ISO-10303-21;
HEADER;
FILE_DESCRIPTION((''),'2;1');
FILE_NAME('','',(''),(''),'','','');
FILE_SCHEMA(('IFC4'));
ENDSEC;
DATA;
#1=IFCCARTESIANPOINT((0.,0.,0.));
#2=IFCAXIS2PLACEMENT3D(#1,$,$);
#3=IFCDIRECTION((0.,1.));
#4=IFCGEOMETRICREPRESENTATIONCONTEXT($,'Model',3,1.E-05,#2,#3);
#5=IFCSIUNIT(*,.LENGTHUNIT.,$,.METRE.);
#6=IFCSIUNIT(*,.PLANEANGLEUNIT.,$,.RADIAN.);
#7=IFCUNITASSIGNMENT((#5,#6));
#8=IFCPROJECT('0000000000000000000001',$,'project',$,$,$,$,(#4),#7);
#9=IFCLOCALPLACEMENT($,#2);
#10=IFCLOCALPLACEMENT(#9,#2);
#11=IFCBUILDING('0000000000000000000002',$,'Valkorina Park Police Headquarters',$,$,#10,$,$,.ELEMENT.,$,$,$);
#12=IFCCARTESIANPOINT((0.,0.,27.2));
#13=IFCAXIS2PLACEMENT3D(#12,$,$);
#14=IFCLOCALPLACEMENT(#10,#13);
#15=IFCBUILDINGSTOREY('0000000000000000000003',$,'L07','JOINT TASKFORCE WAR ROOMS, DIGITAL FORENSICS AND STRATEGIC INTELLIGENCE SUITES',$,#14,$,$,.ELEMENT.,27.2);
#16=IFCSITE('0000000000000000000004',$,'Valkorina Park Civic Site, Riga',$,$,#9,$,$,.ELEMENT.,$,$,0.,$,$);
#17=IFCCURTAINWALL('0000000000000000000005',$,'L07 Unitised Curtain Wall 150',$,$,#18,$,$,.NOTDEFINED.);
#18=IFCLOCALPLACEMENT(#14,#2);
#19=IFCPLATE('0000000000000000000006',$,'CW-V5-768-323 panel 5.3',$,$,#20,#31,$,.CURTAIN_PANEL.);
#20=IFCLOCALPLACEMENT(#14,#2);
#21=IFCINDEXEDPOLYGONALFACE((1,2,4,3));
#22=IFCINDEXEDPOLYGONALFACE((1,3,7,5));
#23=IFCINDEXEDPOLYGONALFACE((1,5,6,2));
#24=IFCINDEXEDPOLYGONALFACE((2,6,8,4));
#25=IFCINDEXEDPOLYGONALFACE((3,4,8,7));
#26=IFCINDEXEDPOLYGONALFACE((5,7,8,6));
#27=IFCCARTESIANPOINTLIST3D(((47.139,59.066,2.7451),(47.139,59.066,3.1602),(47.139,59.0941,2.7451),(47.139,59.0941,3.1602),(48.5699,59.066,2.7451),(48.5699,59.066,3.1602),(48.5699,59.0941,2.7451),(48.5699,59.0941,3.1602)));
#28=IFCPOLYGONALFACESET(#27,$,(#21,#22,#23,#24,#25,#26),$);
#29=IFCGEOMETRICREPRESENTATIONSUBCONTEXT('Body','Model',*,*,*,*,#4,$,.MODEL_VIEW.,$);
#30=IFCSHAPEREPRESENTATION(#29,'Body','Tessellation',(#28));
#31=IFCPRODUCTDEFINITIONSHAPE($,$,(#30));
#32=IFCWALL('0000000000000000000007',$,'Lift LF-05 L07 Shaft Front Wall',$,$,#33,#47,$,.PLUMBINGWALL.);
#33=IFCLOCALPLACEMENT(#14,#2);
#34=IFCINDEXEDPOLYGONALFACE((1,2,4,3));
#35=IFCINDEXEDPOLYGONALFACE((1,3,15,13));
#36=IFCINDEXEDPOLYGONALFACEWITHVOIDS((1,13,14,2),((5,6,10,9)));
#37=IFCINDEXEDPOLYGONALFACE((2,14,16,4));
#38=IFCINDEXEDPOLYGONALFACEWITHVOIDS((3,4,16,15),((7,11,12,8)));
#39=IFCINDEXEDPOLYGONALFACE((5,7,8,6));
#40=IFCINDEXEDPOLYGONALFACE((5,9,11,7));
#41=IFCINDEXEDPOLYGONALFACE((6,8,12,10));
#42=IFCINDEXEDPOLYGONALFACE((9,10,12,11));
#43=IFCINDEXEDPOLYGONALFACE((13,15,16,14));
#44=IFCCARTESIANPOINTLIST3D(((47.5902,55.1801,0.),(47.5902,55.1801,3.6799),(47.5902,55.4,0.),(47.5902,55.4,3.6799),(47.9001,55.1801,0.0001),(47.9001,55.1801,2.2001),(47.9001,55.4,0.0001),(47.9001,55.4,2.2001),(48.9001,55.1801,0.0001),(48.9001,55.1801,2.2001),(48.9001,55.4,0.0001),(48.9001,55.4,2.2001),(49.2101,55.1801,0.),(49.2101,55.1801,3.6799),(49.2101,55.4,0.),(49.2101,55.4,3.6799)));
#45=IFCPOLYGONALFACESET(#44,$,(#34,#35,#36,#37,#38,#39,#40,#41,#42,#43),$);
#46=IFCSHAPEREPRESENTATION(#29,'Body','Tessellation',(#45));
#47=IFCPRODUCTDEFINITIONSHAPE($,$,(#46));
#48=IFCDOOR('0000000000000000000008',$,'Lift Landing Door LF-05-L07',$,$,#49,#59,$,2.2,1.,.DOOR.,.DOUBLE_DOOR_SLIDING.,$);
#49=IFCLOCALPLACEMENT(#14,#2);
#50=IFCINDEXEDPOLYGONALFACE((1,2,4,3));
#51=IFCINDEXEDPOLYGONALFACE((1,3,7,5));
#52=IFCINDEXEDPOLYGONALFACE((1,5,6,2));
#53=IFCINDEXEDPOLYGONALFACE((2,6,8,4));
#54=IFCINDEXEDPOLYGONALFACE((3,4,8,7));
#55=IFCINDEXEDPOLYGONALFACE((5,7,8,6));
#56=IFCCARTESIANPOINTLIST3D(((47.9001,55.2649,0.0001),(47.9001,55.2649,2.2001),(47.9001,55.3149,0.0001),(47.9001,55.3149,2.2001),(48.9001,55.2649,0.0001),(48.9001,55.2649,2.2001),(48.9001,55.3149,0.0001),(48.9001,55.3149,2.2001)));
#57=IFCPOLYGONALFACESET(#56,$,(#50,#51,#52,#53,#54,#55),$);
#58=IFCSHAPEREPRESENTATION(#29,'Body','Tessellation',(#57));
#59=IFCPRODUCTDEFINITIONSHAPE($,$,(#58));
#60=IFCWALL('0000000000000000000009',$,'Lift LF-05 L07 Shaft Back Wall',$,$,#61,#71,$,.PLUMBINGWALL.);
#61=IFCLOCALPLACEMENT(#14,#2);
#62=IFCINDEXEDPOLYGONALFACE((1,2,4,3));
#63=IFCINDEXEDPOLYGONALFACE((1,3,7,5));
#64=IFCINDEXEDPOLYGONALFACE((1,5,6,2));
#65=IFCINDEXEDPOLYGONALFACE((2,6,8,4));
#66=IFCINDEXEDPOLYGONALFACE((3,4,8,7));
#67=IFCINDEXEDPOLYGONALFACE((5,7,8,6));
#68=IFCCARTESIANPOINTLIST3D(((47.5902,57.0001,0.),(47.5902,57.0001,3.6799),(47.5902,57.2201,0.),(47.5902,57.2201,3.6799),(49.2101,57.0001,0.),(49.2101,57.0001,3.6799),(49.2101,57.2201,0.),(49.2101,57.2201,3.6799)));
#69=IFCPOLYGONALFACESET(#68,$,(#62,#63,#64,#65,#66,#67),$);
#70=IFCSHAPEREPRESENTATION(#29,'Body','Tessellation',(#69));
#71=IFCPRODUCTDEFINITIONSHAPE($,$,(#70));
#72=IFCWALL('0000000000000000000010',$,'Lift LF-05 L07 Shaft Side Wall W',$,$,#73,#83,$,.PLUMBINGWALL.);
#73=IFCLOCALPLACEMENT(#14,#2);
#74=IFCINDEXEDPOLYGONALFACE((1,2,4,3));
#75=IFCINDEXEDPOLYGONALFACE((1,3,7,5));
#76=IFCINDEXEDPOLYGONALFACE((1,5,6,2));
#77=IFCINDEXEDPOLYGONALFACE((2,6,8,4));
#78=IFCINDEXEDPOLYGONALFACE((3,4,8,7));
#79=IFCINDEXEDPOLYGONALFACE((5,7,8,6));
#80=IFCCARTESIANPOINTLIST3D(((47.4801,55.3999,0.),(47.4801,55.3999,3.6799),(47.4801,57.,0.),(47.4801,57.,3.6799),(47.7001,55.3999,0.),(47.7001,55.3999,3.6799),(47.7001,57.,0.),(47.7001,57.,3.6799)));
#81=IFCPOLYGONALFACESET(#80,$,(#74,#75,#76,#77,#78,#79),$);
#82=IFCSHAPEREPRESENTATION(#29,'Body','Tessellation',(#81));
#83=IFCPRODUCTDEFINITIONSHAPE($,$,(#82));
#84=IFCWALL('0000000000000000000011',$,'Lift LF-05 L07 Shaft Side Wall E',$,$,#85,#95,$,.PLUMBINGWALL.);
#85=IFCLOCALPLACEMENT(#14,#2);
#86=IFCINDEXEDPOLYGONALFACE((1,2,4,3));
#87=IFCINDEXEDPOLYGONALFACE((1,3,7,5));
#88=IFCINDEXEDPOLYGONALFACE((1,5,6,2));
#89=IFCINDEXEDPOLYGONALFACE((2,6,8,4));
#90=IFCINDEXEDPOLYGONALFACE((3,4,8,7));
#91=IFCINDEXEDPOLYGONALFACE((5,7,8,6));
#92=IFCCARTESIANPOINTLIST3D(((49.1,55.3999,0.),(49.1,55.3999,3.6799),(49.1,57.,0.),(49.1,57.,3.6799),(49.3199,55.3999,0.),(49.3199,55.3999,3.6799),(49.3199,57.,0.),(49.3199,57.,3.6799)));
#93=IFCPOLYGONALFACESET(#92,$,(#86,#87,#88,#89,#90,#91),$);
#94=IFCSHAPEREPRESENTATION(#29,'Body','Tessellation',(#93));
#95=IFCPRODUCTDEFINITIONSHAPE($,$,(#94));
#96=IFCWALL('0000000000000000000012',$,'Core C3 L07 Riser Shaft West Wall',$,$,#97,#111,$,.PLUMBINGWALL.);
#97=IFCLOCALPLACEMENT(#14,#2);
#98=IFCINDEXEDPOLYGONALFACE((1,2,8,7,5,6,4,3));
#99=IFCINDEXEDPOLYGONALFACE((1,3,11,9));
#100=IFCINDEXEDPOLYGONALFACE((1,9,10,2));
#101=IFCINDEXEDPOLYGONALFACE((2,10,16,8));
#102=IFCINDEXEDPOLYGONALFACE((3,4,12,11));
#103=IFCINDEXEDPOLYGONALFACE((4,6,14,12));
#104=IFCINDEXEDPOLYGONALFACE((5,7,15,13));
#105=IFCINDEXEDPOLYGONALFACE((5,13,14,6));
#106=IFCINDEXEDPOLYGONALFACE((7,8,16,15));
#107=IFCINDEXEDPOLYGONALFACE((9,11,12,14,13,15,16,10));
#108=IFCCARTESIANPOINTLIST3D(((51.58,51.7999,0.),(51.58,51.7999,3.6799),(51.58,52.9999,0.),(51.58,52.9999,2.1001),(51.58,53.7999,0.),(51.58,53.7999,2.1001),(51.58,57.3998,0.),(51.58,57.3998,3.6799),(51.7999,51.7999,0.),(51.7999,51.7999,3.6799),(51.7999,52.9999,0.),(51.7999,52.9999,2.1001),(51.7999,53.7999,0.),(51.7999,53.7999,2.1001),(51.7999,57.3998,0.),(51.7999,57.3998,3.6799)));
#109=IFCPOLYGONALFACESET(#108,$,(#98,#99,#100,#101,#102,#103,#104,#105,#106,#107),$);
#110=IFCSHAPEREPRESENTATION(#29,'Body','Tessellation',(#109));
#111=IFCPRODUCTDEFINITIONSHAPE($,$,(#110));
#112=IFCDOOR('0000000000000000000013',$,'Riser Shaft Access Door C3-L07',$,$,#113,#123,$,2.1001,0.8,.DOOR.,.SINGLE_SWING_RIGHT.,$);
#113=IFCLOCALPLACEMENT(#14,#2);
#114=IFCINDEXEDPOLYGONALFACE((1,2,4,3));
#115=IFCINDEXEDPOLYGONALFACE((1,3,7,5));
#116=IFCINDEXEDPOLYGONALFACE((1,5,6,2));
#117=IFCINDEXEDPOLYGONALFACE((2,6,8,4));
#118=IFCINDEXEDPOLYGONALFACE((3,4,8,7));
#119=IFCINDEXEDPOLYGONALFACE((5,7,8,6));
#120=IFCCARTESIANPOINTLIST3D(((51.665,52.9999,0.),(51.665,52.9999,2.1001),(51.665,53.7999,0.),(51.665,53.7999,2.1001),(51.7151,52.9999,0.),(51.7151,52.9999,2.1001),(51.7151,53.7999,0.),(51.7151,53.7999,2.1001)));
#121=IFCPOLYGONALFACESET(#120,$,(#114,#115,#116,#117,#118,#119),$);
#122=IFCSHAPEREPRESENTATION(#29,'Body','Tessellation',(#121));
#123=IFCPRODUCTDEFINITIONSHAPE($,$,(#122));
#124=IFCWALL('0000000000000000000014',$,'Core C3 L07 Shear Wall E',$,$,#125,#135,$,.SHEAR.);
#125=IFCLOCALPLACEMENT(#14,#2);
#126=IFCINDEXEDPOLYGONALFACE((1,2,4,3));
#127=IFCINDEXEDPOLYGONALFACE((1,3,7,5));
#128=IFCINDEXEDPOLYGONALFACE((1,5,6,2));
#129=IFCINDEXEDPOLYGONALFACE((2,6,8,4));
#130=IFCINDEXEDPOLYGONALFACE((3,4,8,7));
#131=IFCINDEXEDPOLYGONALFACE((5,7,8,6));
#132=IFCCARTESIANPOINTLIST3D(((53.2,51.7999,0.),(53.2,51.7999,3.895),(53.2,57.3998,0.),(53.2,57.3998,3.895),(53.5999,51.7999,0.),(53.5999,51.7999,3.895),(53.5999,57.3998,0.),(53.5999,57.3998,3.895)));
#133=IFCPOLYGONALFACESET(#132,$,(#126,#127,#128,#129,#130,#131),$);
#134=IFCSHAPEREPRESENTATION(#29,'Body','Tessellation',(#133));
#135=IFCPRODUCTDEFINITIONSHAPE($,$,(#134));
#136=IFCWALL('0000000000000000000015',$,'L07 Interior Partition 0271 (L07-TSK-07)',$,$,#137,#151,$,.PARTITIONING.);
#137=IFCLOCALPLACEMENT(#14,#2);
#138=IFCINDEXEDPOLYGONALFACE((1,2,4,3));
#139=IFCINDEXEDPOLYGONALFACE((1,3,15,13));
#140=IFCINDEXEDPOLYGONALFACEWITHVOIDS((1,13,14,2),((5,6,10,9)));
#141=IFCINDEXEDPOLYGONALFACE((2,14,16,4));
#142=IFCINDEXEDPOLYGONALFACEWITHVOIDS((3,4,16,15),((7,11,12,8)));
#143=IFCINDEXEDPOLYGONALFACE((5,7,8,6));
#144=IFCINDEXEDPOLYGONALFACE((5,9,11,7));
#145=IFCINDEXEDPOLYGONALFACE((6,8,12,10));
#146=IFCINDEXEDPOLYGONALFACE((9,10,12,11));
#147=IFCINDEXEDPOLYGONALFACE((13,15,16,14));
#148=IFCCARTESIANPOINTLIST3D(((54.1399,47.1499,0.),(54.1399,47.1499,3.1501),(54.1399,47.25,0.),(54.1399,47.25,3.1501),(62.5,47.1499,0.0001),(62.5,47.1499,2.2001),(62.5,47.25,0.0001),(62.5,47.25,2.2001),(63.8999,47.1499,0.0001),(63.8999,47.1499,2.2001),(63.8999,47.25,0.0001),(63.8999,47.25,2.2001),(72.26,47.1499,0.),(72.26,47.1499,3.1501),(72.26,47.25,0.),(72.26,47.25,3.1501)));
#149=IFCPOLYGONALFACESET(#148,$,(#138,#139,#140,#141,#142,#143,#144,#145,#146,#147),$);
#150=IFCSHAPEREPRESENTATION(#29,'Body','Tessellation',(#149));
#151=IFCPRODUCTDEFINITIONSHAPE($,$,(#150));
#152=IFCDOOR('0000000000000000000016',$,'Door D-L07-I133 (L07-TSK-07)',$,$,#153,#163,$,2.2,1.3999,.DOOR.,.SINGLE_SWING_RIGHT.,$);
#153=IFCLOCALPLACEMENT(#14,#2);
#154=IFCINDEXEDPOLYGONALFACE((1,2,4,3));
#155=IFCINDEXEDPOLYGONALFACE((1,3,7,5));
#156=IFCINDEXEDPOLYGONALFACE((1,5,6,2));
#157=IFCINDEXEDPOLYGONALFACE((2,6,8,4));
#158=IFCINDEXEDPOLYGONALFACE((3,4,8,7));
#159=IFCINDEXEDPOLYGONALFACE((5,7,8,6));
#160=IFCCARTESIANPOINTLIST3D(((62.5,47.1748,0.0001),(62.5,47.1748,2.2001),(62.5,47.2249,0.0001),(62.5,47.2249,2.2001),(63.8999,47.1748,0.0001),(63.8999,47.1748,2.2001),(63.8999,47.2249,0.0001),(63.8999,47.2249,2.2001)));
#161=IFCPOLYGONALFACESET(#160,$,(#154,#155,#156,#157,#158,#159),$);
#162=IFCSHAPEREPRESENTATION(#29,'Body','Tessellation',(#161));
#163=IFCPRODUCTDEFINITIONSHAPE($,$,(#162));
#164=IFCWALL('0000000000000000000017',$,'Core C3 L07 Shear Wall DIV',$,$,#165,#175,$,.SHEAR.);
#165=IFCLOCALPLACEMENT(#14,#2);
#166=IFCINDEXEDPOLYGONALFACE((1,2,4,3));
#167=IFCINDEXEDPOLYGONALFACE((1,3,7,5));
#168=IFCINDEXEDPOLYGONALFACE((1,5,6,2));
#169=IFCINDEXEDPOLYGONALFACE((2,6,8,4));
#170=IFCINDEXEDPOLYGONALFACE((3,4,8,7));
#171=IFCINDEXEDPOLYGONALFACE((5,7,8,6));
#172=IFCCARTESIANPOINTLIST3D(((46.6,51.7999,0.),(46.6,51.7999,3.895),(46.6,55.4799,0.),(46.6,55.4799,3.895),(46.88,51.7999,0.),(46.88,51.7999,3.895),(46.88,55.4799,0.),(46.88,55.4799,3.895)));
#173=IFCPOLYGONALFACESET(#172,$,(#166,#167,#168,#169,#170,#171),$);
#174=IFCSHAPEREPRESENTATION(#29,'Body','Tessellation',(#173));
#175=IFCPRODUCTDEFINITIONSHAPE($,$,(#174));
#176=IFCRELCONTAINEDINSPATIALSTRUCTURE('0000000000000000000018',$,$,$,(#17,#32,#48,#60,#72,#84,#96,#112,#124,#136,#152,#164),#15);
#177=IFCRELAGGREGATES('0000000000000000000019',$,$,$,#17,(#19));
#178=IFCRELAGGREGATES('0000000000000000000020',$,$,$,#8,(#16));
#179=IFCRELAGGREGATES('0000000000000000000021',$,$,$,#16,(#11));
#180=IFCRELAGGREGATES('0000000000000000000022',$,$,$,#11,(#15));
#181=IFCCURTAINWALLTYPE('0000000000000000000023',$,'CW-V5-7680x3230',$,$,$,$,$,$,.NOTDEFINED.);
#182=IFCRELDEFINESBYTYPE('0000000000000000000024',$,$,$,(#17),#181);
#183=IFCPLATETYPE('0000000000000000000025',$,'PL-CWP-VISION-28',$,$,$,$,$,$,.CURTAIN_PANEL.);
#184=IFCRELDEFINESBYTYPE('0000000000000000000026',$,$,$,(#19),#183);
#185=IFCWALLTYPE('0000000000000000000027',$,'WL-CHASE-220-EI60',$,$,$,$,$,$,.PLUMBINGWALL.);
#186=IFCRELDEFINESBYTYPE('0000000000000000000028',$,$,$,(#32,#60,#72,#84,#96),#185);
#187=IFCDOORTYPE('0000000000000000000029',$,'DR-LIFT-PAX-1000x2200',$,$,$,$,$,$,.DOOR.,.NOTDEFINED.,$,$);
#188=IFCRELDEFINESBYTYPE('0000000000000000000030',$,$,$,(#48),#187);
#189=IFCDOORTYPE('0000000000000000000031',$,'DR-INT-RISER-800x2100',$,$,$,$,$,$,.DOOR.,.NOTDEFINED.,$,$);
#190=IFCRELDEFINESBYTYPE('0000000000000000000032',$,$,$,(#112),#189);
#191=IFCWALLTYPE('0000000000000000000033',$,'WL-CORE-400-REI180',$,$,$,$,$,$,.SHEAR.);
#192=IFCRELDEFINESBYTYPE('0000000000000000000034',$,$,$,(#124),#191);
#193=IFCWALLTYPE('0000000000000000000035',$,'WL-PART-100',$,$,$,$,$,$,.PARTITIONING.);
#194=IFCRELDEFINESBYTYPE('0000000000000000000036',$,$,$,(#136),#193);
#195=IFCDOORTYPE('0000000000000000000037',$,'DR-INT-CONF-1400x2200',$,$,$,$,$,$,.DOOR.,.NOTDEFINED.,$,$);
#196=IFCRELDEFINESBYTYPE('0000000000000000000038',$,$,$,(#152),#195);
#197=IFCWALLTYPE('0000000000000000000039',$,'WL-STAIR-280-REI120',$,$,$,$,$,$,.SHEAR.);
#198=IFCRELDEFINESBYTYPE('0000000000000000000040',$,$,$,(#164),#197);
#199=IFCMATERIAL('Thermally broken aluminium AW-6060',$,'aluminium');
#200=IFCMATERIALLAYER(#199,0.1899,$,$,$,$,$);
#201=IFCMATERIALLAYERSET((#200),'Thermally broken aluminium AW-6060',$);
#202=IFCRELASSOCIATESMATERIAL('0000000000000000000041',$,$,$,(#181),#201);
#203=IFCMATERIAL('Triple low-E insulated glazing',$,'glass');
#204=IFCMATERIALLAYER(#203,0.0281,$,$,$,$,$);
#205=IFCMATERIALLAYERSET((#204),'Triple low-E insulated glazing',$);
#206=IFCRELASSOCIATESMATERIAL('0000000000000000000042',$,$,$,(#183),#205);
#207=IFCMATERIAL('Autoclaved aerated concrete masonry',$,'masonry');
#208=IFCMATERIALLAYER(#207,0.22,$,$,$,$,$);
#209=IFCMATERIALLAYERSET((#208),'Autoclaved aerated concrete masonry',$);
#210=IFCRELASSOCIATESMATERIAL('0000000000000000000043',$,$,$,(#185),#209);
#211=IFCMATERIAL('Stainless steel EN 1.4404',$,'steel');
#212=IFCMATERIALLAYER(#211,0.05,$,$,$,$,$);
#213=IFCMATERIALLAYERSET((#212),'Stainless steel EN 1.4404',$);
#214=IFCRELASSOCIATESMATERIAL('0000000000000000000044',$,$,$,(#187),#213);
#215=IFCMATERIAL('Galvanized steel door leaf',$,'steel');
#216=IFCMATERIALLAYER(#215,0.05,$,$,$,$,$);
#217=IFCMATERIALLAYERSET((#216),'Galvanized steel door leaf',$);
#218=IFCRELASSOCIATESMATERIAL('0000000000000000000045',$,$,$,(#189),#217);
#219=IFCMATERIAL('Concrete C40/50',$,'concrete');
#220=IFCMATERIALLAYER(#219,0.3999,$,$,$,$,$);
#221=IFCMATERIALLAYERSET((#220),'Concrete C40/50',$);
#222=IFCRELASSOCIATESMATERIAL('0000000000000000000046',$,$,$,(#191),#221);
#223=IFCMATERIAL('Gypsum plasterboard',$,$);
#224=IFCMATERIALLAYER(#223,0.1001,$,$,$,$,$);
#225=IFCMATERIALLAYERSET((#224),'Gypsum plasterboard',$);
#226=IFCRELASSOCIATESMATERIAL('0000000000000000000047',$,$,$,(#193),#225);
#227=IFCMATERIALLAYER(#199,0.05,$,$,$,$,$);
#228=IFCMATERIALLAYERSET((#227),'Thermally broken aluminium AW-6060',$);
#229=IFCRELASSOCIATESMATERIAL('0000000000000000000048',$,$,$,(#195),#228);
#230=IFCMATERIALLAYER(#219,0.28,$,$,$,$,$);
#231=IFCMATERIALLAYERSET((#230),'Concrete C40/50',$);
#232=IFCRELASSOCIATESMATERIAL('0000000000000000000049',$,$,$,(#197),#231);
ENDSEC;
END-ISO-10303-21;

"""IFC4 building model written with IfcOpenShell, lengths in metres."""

from ifc_helpers import new_model, si_unit, direction, frame, frame_2d, origin, origin_2d, place, context, subcontext, project, spatial, rectangle, extrude, material, layer, layer_set, type_object, element, fill, aggregate, save


model = new_model("IFC4")

# Units and contexts
model_context = context("Model", 3, precision=1e-05, world=origin(), true_north=direction((0.0, 1.0)))
body_context = subcontext(model_context, "Body", "Model", "MODEL_VIEW")
ifc_project = project(units=[si_unit("LENGTHUNIT", "METRE"), si_unit("PLANEANGLEUNIT", "RADIAN")], contexts=[model_context])

# Site, building, storey
site_placement = place(None, origin())
site = spatial("IfcSite", under=ifc_project, at=site_placement, Name="Valkorina Park Civic Site, Riga", CompositionType="ELEMENT", RefElevation=0.0)
building_placement = place(site_placement, origin())
building = spatial("IfcBuilding", under=site, at=building_placement, Name="Valkorina Park Police Headquarters", CompositionType="ELEMENT")
storey_placement = place(building_placement, frame((0.0, 0.0, 27.2)))
storey = spatial("IfcBuildingStorey", under=building, at=storey_placement, Name="L07", Description="JOINT TASKFORCE WAR ROOMS, DIGITAL FORENSICS AND STRATEGIC INTELLIGENCE SUITES", CompositionType="ELEMENT", Elevation=27.2)

# Curtain wall
ifc_material_1 = material(Name="Thermally broken aluminium AW-6060", Category="aluminium")
ifc_layer_1 = layer(ifc_material_1, 0.1899)
ifc_layer_set_1 = layer_set([ifc_layer_1], Name="Thermally broken aluminium AW-6060")
curtain_wall_type_1 = type_object("IfcCurtainWallType", Name="CW-V5-7680x3230", PredefinedType="NOTDEFINED", material=ifc_layer_set_1)
curtain_wall_1_placement = place(storey_placement, origin())
curtain_wall_1 = element("IfcCurtainWall", 1, at=curtain_wall_1_placement, inside=storey, type_object=curtain_wall_type_1, Name="L07 Unitised Curtain Wall 150", PredefinedType="NOTDEFINED")

# Plate
ifc_material_2 = material(Name="Triple low-E insulated glazing", Category="glass")
ifc_layer_2 = layer(ifc_material_2, 0.0281)
ifc_layer_set_2 = layer_set([ifc_layer_2], Name="Triple low-E insulated glazing")
plate_type_1 = type_object("IfcPlateType", Name="PL-CWP-VISION-28", PredefinedType="CURTAIN_PANEL", material=ifc_layer_set_2)
plate_1_placement = place(storey_placement, frame((47.8545, 59.0801, 2.7451), z_axis=(0.0, 0.0, 1.0), x_axis=(1.0, 0.0, 0.0)))
plate_1 = element("IfcPlate", 2, at=plate_1_placement, type_object=plate_type_1, Name="CW-V5-768-323 panel 5.3", PredefinedType="CURTAIN_PANEL", context=body_context, shape_type="SweptSolid", body=[
    extrude(rectangle(XDim=1.4309, YDim=0.0281, at=origin_2d()), origin(), (0.0, 0.0, 1.0), 0.415),
])
aggregate(curtain_wall_1, [plate_1])

# Wall, opening, door
ifc_material_3 = material(Name="Autoclaved aerated concrete masonry", Category="masonry")
ifc_layer_3 = layer(ifc_material_3, 0.22)
ifc_layer_set_3 = layer_set([ifc_layer_3], Name="Autoclaved aerated concrete masonry")
wall_type_1 = type_object("IfcWallType", Name="WL-CHASE-220-EI60", PredefinedType="PLUMBINGWALL", material=ifc_layer_set_3)
wall_1_placement = place(storey_placement, frame((47.5901, 55.29, 0.0), z_axis=(0.0, 0.0, 1.0), x_axis=(1.0, 0.0, 0.0)))
wall_1 = element("IfcWall", 3, at=wall_1_placement, inside=storey, type_object=wall_type_1, Name="Lift LF-05 L07 Shaft Front Wall", PredefinedType="PLUMBINGWALL", context=body_context, shape_type="SweptSolid", body=[
    extrude(rectangle(XDim=1.6199, YDim=0.22, at=frame_2d((0.8101, 0.0))), origin(), (0.0, 0.0, 1.0), 3.6799),
])
opening_1_placement = place(wall_1_placement, frame((0.3101, 0.0, 0.0)))
opening_1 = element("IfcOpeningElement", 4, at=opening_1_placement, cuts=wall_1, PredefinedType="OPENING", context=body_context, shape_type="SweptSolid", body=[
    extrude(rectangle(XDim=1.0, YDim=2.2, at=frame_2d((0.5, 1.1001))), frame((0.0, 0.1201, 0.0), z_axis=(0.0, -1.0, 0.0), x_axis=(1.0, 0.0, 0.0)), (0.0, 0.0, 1.0), 0.24),
])
ifc_material_4 = material(Name="Stainless steel EN 1.4404", Category="steel")
ifc_layer_4 = layer(ifc_material_4, 0.05)
ifc_layer_set_4 = layer_set([ifc_layer_4], Name="Stainless steel EN 1.4404")
door_type_1 = type_object("IfcDoorType", Name="DR-LIFT-PAX-1000x2200", OperationType="NOTDEFINED", PredefinedType="DOOR", material=ifc_layer_set_4)
door_1_placement = place(opening_1_placement, origin())
door_1 = element("IfcDoor", 5, at=door_1_placement, inside=storey, type_object=door_type_1, Name="Lift Landing Door LF-05-L07", OperationType="DOUBLE_DOOR_SLIDING", OverallHeight=2.2, OverallWidth=1.0, PredefinedType="DOOR", context=body_context, shape_type="SweptSolid", body=[
    extrude(rectangle(XDim=1.0, YDim=2.2, at=frame_2d((0.5, 1.1001))), frame((0.0, 0.0249, 0.0), z_axis=(0.0, -1.0, 0.0), x_axis=(1.0, 0.0, 0.0)), (0.0, 0.0, 1.0), 0.05),
])
fill(opening_1, door_1)

# Walls
wall_2_placement = place(storey_placement, frame((47.5901, 57.1101, 0.0), z_axis=(0.0, 0.0, 1.0), x_axis=(1.0, 0.0, 0.0)))
element("IfcWall", 6, at=wall_2_placement, inside=storey, type_object=wall_type_1, Name="Lift LF-05 L07 Shaft Back Wall", PredefinedType="PLUMBINGWALL", context=body_context, shape_type="SweptSolid", body=[
    extrude(rectangle(XDim=1.6199, YDim=0.22, at=frame_2d((0.8101, 0.0))), origin(), (0.0, 0.0, 1.0), 3.6799),
])
for number, where, z_axis, x_axis, name in (
    (7, (47.5901, 55.3999, 0.0), (0.0, 0.0, 1.0), (0.0, 1.0, 0.0), "Lift LF-05 L07 Shaft Side Wall W"),
    (8, (49.21, 55.3999, 0.0), (0.0, 0.0, 1.0), (0.0, 1.0, 0.0), "Lift LF-05 L07 Shaft Side Wall E"),
):
    element("IfcWall", number, at=place(storey_placement, frame(where, z_axis=z_axis, x_axis=x_axis)), inside=storey, type_object=wall_type_1, Name=name, PredefinedType="PLUMBINGWALL", context=body_context, shape_type="SweptSolid", body=[
        extrude(rectangle(XDim=1.6001, YDim=0.22, at=frame_2d((0.8, 0.0))), origin(), (0.0, 0.0, 1.0), 3.6799),
    ])

# Wall, opening, door
wall_3_placement = place(storey_placement, frame((51.6899, 51.8, 0.0), z_axis=(0.0, 0.0, 1.0), x_axis=(0.0, 1.0, 0.0)))
wall_3 = element("IfcWall", 9, at=wall_3_placement, inside=storey, type_object=wall_type_1, Name="Core C3 L07 Riser Shaft West Wall", PredefinedType="PLUMBINGWALL", context=body_context, shape_type="SweptSolid", body=[
    extrude(rectangle(XDim=5.5999, YDim=0.22, at=frame_2d((2.7998, 0.0))), origin(), (0.0, 0.0, 1.0), 3.6799),
])
opening_2_placement = place(wall_3_placement, frame((1.2, 0.0, 0.0)))
opening_2 = element("IfcOpeningElement", 10, at=opening_2_placement, cuts=wall_3, PredefinedType="OPENING", context=body_context, shape_type="SweptSolid", body=[
    extrude(rectangle(XDim=0.8, YDim=2.1001, at=frame_2d((0.3999, 1.05))), frame((0.0, 0.1201, 0.0), z_axis=(0.0, -1.0, 0.0), x_axis=(1.0, 0.0, 0.0)), (0.0, 0.0, 1.0), 0.24),
])
ifc_material_5 = material(Name="Galvanized steel door leaf", Category="steel")
ifc_layer_5 = layer(ifc_material_5, 0.05)
ifc_layer_set_5 = layer_set([ifc_layer_5], Name="Galvanized steel door leaf")
door_type_2 = type_object("IfcDoorType", Name="DR-INT-RISER-800x2100", OperationType="NOTDEFINED", PredefinedType="DOOR", material=ifc_layer_set_5)
door_2_placement = place(opening_2_placement, origin())
door_2 = element("IfcDoor", 11, at=door_2_placement, inside=storey, type_object=door_type_2, Name="Riser Shaft Access Door C3-L07", OperationType="SINGLE_SWING_RIGHT", OverallHeight=2.1001, OverallWidth=0.8, PredefinedType="DOOR", context=body_context, shape_type="SweptSolid", body=[
    extrude(rectangle(XDim=0.8, YDim=2.1001, at=frame_2d((0.3999, 1.05))), frame((0.0, 0.0249, 0.0), z_axis=(0.0, -1.0, 0.0), x_axis=(1.0, 0.0, 0.0)), (0.0, 0.0, 1.0), 0.05),
])
fill(opening_2, door_2)

# Wall
ifc_material_6 = material(Name="Concrete C40/50", Category="concrete")
ifc_layer_6 = layer(ifc_material_6, 0.3999)
ifc_layer_set_6 = layer_set([ifc_layer_6], Name="Concrete C40/50")
wall_type_2 = type_object("IfcWallType", Name="WL-CORE-400-REI180", PredefinedType="SHEAR", material=ifc_layer_set_6)
wall_4_placement = place(storey_placement, frame((53.3999, 51.8, 0.0), z_axis=(0.0, 0.0, 1.0), x_axis=(0.0, 1.0, 0.0)))
element("IfcWall", 12, at=wall_4_placement, inside=storey, type_object=wall_type_2, Name="Core C3 L07 Shear Wall E", PredefinedType="SHEAR", context=body_context, shape_type="SweptSolid", body=[
    extrude(rectangle(XDim=5.5999, YDim=0.3999, at=frame_2d((2.7998, 0.0))), origin(), (0.0, 0.0, 1.0), 3.895),
])

# Wall, opening, door
ifc_material_7 = material(Name="Gypsum plasterboard")
ifc_layer_7 = layer(ifc_material_7, 0.1001)
ifc_layer_set_7 = layer_set([ifc_layer_7], Name="Gypsum plasterboard")
wall_type_3 = type_object("IfcWallType", Name="WL-PART-100", PredefinedType="PARTITIONING", material=ifc_layer_set_7)
wall_5_placement = place(storey_placement, frame((54.1399, 47.2, 0.0), z_axis=(0.0, 0.0, 1.0), x_axis=(1.0, 0.0, 0.0)))
wall_5 = element("IfcWall", 13, at=wall_5_placement, inside=storey, type_object=wall_type_3, Name="L07 Interior Partition 0271 (L07-TSK-07)", PredefinedType="PARTITIONING", context=body_context, shape_type="SweptSolid", body=[
    extrude(rectangle(XDim=18.1201, YDim=0.1001, at=frame_2d((9.0601, 0.0))), origin(), (0.0, 0.0, 1.0), 3.1501),
])
opening_3_placement = place(wall_5_placement, frame((8.3601, 0.0, 0.0)))
opening_3 = element("IfcOpeningElement", 14, at=opening_3_placement, cuts=wall_5, PredefinedType="OPENING", context=body_context, shape_type="SweptSolid", body=[
    extrude(rectangle(XDim=1.3999, YDim=2.2, at=frame_2d((0.7, 1.1001))), frame((0.0, 0.0601, 0.0), z_axis=(0.0, -1.0, 0.0), x_axis=(1.0, 0.0, 0.0)), (0.0, 0.0, 1.0), 0.1201),
])
ifc_layer_8 = layer(ifc_material_1, 0.05)
ifc_layer_set_8 = layer_set([ifc_layer_8], Name="Thermally broken aluminium AW-6060")
door_type_3 = type_object("IfcDoorType", Name="DR-INT-CONF-1400x2200", OperationType="NOTDEFINED", PredefinedType="DOOR", material=ifc_layer_set_8)
door_3_placement = place(opening_3_placement, origin())
door_3 = element("IfcDoor", 15, at=door_3_placement, inside=storey, type_object=door_type_3, Name="Door D-L07-I133 (L07-TSK-07)", OperationType="SINGLE_SWING_RIGHT", OverallHeight=2.2, OverallWidth=1.3999, PredefinedType="DOOR", context=body_context, shape_type="SweptSolid", body=[
    extrude(rectangle(XDim=1.3999, YDim=2.2, at=frame_2d((0.7, 1.1001))), frame((0.0, 0.0249, 0.0), z_axis=(0.0, -1.0, 0.0), x_axis=(1.0, 0.0, 0.0)), (0.0, 0.0, 1.0), 0.05),
])
fill(opening_3, door_3)

# Wall
ifc_layer_9 = layer(ifc_material_6, 0.28)
ifc_layer_set_9 = layer_set([ifc_layer_9], Name="Concrete C40/50")
wall_type_4 = type_object("IfcWallType", Name="WL-STAIR-280-REI120", PredefinedType="SHEAR", material=ifc_layer_set_9)
wall_6_placement = place(storey_placement, frame((46.74, 51.8, 0.0), z_axis=(0.0, 0.0, 1.0), x_axis=(0.0, 1.0, 0.0)))
element("IfcWall", 16, at=wall_6_placement, inside=storey, type_object=wall_type_4, Name="Core C3 L07 Shear Wall DIV", PredefinedType="SHEAR", context=body_context, shape_type="SweptSolid", body=[
    extrude(rectangle(XDim=3.6799, YDim=0.28, at=frame_2d((1.8398, 0.0))), origin(), (0.0, 0.0, 1.0), 3.895),
])

save(model, "model.ifc")
